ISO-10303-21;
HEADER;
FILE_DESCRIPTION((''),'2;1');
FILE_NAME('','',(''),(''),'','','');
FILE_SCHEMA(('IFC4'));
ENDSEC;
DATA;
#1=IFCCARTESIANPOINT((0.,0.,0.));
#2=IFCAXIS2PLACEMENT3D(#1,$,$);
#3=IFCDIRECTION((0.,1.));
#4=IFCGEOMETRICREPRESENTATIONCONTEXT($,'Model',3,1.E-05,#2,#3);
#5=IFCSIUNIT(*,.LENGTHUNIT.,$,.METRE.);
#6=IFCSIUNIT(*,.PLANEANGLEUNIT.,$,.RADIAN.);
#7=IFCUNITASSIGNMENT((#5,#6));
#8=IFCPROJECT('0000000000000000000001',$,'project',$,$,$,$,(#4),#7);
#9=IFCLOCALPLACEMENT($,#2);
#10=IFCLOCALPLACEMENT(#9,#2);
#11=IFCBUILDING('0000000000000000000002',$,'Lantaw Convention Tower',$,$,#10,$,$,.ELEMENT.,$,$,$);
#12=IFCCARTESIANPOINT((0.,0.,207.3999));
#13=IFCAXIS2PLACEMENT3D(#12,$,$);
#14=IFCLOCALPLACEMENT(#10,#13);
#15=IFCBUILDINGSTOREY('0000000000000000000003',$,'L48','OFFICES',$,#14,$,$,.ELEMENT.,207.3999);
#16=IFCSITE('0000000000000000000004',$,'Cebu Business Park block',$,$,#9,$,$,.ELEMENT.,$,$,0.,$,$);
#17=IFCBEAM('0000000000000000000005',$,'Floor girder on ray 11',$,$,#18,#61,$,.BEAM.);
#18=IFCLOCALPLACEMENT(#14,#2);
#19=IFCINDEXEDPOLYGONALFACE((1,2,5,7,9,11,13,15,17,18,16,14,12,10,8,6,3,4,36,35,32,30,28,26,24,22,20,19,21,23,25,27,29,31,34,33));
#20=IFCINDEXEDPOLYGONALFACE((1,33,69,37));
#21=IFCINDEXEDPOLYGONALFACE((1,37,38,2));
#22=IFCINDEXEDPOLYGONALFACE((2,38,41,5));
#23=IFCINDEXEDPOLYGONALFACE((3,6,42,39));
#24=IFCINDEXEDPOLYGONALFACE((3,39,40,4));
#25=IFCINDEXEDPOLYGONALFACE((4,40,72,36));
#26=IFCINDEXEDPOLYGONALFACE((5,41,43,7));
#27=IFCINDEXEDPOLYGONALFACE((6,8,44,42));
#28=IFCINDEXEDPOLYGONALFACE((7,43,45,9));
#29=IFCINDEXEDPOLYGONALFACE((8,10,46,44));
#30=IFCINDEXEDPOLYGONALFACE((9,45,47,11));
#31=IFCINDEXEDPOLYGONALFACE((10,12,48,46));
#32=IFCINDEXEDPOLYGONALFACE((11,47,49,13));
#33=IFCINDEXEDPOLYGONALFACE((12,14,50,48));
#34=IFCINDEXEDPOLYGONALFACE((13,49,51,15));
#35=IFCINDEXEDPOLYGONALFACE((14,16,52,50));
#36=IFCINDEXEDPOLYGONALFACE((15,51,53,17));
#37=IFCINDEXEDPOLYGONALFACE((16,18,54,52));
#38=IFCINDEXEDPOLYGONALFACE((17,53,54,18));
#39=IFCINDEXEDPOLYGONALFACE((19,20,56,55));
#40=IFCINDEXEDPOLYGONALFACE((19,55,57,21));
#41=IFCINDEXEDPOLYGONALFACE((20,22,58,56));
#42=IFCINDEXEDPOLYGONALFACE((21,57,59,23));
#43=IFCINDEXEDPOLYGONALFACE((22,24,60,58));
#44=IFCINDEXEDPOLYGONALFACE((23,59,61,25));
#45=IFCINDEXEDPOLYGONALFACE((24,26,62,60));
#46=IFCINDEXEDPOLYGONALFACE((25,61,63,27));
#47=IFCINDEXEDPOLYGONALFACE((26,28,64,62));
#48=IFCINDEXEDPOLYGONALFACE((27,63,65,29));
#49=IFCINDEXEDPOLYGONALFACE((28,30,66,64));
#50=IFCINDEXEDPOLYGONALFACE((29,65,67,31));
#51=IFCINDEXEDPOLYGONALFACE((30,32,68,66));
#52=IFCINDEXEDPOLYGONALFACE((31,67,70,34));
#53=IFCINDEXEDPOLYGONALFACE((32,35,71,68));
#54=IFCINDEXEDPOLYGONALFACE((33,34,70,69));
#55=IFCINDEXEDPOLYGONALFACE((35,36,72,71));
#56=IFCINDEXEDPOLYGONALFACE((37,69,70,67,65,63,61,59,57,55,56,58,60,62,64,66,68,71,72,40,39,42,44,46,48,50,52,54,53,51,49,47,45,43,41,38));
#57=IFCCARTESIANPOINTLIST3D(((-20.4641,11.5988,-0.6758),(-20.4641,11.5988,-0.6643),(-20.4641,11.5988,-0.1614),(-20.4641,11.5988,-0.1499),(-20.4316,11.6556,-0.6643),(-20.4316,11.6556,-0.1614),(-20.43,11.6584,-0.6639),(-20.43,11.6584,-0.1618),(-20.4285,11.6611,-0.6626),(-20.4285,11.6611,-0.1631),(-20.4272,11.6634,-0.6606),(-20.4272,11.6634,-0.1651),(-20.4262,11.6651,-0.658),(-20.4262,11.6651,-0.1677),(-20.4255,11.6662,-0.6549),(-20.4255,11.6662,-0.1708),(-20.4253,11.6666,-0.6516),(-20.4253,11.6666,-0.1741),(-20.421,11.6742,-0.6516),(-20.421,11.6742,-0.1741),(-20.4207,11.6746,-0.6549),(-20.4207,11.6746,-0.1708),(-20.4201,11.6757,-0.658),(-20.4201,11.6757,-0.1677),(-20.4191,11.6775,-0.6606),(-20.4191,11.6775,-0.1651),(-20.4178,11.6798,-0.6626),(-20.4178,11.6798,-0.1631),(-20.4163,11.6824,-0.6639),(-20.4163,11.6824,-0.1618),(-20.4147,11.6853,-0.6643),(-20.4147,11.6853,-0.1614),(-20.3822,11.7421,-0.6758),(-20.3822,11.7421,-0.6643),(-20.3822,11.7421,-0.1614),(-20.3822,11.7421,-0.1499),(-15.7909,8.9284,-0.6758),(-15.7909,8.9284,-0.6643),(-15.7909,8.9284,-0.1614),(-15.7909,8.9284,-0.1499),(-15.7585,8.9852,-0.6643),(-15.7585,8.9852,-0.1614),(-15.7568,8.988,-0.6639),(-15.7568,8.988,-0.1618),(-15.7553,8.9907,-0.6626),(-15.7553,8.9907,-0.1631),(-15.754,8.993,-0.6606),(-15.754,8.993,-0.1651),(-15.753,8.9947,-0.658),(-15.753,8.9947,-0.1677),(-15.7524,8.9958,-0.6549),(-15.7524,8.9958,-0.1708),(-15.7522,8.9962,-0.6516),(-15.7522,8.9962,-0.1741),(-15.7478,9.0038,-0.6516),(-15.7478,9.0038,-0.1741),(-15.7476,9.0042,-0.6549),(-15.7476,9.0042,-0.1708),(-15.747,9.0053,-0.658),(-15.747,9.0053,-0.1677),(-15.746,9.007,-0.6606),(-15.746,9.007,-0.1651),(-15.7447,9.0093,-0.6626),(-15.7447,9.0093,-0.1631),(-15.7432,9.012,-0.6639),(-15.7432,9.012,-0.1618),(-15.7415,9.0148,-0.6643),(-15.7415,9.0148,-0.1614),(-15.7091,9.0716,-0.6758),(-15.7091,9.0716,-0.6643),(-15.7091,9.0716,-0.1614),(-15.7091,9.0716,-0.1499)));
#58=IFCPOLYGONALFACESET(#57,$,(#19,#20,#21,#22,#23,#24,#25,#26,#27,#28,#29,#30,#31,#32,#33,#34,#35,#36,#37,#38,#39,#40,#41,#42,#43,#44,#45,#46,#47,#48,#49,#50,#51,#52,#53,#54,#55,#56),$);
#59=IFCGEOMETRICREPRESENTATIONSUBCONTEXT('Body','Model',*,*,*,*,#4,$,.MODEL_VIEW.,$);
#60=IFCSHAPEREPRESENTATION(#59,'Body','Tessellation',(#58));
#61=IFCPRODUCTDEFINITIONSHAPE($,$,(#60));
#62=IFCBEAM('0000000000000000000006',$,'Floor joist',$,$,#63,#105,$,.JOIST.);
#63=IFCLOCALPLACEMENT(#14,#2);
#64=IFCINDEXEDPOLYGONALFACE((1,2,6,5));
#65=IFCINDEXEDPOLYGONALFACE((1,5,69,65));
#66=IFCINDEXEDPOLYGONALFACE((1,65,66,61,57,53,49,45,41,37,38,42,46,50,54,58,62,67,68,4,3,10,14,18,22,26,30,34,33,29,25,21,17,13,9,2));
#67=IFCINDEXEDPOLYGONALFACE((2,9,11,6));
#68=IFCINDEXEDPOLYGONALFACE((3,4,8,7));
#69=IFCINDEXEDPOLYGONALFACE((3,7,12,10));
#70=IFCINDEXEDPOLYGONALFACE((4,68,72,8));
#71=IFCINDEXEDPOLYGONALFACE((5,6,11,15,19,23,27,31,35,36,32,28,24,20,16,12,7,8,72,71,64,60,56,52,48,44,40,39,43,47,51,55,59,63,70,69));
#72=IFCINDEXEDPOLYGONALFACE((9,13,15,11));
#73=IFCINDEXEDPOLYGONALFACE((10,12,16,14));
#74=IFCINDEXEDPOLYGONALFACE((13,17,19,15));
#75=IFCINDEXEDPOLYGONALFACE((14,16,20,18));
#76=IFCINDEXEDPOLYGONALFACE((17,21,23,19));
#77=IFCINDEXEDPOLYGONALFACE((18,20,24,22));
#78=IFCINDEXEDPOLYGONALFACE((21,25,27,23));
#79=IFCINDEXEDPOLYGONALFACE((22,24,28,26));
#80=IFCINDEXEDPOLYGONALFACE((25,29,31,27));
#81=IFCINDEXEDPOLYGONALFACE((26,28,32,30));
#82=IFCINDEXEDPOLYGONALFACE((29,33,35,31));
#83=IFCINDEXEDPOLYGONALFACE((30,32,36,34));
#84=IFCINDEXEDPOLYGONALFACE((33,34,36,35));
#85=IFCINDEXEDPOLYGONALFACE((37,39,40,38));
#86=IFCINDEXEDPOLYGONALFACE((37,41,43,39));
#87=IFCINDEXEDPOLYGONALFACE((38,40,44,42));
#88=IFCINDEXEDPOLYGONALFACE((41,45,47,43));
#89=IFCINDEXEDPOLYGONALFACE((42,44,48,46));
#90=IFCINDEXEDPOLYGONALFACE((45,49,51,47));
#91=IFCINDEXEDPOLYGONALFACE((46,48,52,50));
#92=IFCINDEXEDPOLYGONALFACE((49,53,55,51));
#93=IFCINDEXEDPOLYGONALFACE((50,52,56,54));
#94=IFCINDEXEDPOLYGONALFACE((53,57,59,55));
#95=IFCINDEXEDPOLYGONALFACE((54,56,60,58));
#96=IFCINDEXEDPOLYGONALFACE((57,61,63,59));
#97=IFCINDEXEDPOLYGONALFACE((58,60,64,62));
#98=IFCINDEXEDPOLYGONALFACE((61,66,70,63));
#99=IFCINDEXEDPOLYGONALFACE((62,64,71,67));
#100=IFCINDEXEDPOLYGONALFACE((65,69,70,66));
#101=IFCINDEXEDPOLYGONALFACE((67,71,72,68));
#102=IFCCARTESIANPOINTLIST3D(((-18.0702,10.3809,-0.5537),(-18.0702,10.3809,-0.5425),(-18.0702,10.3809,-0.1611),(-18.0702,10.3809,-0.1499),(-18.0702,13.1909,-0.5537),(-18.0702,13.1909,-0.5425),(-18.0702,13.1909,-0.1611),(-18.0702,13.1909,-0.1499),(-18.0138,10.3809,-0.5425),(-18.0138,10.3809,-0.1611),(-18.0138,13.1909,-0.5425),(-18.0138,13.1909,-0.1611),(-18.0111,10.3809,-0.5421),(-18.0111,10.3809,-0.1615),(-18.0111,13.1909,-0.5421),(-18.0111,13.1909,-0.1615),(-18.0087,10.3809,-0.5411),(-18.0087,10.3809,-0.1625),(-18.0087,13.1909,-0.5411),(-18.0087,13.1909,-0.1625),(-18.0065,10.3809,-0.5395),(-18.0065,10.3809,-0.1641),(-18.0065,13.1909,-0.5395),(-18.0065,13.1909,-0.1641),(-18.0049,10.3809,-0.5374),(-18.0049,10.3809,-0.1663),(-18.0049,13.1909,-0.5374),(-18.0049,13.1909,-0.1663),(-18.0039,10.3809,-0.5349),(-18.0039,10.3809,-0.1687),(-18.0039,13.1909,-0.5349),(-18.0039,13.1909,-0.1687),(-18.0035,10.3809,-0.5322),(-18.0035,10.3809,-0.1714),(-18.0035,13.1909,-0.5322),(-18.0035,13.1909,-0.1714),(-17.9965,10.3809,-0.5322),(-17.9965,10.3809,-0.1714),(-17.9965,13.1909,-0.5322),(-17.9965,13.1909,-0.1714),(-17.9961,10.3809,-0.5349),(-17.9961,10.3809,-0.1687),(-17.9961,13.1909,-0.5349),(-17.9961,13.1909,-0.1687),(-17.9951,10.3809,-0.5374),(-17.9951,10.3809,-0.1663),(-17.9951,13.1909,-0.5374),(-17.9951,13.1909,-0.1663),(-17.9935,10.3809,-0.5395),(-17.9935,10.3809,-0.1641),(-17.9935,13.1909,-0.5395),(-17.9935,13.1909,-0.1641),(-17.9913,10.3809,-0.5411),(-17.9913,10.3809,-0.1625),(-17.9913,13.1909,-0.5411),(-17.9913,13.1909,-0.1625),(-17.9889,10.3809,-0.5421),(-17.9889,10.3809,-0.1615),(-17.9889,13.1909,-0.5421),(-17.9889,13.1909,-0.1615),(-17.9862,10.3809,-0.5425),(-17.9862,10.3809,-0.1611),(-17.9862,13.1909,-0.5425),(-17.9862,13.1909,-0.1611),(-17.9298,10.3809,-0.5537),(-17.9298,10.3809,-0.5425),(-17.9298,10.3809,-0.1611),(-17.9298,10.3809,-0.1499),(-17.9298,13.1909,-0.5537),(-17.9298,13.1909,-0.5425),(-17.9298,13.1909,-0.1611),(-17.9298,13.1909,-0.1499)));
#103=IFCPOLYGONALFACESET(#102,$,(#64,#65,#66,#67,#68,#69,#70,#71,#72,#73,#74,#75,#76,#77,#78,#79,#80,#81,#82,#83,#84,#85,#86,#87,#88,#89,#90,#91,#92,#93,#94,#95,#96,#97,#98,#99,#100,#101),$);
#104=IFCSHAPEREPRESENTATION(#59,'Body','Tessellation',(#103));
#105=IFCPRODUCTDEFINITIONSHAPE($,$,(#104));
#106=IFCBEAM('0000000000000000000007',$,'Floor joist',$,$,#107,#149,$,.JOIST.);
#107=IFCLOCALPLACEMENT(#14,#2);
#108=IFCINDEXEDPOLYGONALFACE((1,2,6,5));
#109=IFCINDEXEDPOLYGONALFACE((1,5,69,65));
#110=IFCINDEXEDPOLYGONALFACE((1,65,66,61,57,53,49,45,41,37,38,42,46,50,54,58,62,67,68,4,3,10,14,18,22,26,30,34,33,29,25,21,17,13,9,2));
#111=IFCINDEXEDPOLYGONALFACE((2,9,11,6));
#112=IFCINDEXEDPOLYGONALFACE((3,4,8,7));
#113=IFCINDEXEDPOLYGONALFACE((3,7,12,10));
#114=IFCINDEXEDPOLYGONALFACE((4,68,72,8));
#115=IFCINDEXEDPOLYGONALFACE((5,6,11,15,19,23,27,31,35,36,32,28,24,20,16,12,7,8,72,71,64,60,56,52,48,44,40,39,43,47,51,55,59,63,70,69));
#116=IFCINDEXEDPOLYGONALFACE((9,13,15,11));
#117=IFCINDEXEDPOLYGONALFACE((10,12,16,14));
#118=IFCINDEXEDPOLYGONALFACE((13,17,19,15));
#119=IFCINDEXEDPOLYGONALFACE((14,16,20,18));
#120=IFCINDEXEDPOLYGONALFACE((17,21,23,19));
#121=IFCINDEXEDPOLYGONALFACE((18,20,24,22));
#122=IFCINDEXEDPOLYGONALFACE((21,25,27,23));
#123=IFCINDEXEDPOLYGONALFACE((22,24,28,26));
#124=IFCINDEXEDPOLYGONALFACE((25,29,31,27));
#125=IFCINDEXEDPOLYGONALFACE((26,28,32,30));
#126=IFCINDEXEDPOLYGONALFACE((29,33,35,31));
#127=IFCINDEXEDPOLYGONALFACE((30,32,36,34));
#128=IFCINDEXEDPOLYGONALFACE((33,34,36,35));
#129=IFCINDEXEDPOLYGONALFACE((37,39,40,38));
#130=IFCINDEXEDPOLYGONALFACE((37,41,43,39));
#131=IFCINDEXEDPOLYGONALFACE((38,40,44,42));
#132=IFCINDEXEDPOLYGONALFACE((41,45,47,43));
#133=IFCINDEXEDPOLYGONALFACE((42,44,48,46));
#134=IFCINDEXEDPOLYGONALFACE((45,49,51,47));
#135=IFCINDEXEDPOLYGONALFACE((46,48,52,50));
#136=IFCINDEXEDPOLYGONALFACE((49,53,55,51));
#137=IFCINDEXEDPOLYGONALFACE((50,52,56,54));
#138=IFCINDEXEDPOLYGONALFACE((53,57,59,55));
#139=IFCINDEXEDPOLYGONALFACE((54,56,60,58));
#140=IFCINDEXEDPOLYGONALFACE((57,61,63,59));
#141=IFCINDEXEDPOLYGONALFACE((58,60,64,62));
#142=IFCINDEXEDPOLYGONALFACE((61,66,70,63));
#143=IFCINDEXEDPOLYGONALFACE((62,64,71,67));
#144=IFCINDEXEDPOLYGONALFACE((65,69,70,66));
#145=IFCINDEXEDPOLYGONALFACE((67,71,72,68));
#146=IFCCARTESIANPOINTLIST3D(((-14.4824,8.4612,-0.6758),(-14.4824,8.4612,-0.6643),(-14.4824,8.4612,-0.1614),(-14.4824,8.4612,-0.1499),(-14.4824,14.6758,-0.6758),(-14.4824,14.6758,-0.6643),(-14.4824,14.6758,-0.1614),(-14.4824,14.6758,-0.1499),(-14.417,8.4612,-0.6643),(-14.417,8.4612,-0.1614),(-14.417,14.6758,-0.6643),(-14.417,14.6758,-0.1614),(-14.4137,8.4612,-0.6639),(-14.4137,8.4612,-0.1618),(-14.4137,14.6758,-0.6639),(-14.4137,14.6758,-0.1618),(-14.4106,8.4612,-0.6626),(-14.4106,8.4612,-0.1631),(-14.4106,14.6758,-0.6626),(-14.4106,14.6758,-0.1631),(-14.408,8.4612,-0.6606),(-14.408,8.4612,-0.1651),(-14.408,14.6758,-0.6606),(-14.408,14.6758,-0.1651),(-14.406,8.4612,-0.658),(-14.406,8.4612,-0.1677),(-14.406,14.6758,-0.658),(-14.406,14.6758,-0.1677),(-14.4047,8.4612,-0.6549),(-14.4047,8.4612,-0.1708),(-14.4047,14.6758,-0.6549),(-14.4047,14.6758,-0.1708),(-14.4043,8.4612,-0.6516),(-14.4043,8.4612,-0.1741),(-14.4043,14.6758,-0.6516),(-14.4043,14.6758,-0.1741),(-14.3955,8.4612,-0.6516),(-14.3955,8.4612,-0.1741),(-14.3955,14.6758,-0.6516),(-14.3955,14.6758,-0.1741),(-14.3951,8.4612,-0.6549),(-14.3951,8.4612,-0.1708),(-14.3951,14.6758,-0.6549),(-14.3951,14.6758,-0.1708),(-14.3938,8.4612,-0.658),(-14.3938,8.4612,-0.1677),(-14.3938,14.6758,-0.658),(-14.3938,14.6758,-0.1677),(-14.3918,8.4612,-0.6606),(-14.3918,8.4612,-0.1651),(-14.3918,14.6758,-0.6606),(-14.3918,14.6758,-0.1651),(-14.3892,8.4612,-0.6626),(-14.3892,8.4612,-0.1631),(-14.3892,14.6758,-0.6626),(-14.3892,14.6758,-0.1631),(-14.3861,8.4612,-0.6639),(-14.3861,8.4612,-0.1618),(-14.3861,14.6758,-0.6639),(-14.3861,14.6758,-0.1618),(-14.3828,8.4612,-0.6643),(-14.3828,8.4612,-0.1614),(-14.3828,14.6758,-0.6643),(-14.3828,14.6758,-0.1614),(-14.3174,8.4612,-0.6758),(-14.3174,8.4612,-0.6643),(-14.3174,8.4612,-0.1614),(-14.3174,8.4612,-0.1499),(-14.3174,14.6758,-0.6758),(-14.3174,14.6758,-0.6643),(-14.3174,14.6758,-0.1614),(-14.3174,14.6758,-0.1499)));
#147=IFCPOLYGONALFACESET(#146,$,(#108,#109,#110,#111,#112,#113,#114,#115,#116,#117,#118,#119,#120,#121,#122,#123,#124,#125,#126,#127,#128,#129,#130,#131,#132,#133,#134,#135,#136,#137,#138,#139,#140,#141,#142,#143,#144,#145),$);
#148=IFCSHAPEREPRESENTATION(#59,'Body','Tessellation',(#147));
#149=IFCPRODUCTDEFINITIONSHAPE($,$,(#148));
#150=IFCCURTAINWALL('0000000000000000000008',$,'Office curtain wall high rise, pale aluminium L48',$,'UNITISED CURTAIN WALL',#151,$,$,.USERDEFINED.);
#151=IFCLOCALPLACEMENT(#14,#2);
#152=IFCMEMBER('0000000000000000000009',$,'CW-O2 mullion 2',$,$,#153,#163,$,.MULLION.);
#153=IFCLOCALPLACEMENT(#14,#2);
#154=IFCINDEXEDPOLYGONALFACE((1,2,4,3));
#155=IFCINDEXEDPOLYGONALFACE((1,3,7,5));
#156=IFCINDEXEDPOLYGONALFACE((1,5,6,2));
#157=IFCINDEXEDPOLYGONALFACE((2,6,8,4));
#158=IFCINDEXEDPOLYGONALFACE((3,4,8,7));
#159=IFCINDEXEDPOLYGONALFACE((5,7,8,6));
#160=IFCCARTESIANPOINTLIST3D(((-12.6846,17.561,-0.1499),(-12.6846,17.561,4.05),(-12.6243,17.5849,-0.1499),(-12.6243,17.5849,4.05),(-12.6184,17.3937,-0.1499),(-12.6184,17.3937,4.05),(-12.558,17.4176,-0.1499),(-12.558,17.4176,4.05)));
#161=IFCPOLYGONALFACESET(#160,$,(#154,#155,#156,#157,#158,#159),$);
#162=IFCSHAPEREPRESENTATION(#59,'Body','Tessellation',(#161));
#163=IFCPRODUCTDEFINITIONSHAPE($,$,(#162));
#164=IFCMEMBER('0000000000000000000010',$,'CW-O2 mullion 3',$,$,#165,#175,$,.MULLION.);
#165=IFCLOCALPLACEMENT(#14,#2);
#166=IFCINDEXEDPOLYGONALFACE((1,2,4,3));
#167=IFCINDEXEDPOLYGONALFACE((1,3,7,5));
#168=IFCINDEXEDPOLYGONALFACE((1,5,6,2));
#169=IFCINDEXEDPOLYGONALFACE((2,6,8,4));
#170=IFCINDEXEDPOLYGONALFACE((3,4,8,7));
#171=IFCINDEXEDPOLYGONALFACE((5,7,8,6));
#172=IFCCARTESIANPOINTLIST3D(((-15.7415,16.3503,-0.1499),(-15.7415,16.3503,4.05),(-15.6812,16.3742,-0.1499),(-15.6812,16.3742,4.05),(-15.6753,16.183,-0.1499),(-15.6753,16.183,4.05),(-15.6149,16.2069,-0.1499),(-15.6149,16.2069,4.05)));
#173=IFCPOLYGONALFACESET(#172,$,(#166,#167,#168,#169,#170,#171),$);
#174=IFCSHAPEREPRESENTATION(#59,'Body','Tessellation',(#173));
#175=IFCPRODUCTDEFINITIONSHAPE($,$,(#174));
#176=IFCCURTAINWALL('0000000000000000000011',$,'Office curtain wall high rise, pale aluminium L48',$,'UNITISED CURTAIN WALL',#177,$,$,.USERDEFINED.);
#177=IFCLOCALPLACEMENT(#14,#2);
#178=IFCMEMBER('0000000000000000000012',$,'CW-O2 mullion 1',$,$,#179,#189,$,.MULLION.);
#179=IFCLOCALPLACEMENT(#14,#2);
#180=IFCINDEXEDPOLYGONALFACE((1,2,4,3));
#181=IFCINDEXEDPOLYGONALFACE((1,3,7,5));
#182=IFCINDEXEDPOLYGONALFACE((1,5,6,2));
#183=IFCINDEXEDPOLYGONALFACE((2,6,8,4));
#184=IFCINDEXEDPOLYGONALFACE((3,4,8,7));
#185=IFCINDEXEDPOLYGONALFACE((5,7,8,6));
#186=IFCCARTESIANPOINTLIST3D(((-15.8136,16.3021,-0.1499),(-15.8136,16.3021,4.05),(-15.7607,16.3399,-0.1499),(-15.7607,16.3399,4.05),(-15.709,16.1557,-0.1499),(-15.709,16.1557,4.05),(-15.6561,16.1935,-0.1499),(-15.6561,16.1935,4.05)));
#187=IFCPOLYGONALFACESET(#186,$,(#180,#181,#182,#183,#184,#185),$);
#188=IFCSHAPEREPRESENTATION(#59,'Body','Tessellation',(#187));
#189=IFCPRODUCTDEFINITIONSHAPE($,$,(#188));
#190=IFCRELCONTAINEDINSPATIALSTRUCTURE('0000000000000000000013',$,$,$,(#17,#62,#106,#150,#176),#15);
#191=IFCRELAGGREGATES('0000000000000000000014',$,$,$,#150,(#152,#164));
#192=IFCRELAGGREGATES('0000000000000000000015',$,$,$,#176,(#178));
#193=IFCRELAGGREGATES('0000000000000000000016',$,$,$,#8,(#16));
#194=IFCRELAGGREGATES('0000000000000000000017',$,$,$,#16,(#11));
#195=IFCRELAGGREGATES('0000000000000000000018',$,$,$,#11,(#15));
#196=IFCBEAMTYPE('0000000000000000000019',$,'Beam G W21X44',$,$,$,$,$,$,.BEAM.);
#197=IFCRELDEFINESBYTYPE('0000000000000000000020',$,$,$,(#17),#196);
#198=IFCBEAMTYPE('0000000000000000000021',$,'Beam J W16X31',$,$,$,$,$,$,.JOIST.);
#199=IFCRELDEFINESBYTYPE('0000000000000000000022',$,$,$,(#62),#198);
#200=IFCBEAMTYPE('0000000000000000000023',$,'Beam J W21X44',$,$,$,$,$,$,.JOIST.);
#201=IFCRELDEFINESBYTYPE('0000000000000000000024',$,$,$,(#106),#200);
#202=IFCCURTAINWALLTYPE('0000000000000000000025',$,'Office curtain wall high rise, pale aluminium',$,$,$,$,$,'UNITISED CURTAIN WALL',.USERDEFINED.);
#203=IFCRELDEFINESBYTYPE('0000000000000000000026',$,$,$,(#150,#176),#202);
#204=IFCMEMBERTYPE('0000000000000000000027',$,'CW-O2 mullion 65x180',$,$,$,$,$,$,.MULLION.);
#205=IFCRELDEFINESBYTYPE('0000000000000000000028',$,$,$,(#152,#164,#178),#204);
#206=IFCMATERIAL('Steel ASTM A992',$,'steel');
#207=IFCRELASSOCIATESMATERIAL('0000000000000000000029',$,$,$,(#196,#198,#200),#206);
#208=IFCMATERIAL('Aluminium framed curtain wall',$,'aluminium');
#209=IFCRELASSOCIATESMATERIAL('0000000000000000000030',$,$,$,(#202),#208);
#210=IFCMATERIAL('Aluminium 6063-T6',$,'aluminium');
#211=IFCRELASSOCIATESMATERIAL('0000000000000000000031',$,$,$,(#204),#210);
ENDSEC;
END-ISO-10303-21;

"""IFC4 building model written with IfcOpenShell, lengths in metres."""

from ifc_helpers import new_model, si_unit, direction, frame, origin, origin_2d, place, context, subcontext, project, spatial, rectangle, i_section, extrude, material, material_profile, profile_set, type_object, element, aggregate, save


model = new_model("IFC4")

# Units and contexts
model_context = context("Model", 3, precision=1e-05, world=origin(), true_north=direction((0.0, 1.0)))
body_context = subcontext(model_context, "Body", "Model", "MODEL_VIEW")
ifc_project = project(units=[si_unit("LENGTHUNIT", "METRE"), si_unit("PLANEANGLEUNIT", "RADIAN")], contexts=[model_context])

# Site, building, storey
site_placement = place(None, origin())
site = spatial("IfcSite", under=ifc_project, at=site_placement, Name="Cebu Business Park block", CompositionType="ELEMENT", RefElevation=0.0)
building_placement = place(site_placement, origin())
building = spatial("IfcBuilding", under=site, at=building_placement, Name="Lantaw Convention Tower", CompositionType="ELEMENT")
storey_placement = place(building_placement, frame((0.0, 0.0, 207.3999)))
storey = spatial("IfcBuildingStorey", under=building, at=storey_placement, Name="L48", Description="OFFICES", CompositionType="ELEMENT", Elevation=207.3999)

# Beams
ifc_material_1 = material(Name="Steel ASTM A992", Category="steel")
ifc_material_profile_1 = material_profile(ifc_material_1, i_section(OverallWidth=0.165, OverallDepth=0.5259, WebThickness=0.0088, FlangeThickness=0.0115, FilletRadius=0.0127, at=origin_2d()), Name="W21X44")
ifc_profile_set_1 = profile_set([ifc_material_profile_1], Name="Steel ASTM A992")
beam_type_1 = type_object("IfcBeamType", Name="Beam G W21X44", PredefinedType="BEAM", material=ifc_profile_set_1)
beam_1_placement = place(storey_placement, frame((-15.75, 9.0, -0.4128), z_axis=(-0.868238, 0.496149, 0.0), x_axis=(-0.496149, -0.868238, 0.0)))
element("IfcBeam", 1, at=beam_1_placement, inside=storey, type_object=beam_type_1, Name="Floor girder on ray 11", PredefinedType="BEAM", context=body_context, shape_type="SweptSolid", body=[
    extrude(i_section(OverallWidth=0.165, OverallDepth=0.5259, WebThickness=0.0088, FlangeThickness=0.0115, FilletRadius=0.0127, at=origin_2d()), origin(), (0.0, 0.0, 1.0), 5.3823),
])
ifc_material_profile_2 = material_profile(ifc_material_1, i_section(OverallWidth=0.1404, OverallDepth=0.4038, WebThickness=0.0071, FlangeThickness=0.0112, FilletRadius=0.0103, at=origin_2d()), Name="W16X31")
ifc_profile_set_2 = profile_set([ifc_material_profile_2], Name="Steel ASTM A992")
beam_type_2 = type_object("IfcBeamType", Name="Beam J W16X31", PredefinedType="JOIST", material=ifc_profile_set_2)
beam_2_placement = place(storey_placement, frame((-18.0, 10.3809, -0.3518), z_axis=(0.0, 1.0, 0.0), x_axis=(-1.0, 0.0, 0.0)))
element("IfcBeam", 2, at=beam_2_placement, inside=storey, type_object=beam_type_2, Name="Floor joist", PredefinedType="JOIST", context=body_context, shape_type="SweptSolid", body=[
    extrude(i_section(OverallWidth=0.1404, OverallDepth=0.4038, WebThickness=0.0071, FlangeThickness=0.0112, FilletRadius=0.0103, at=origin_2d()), origin(), (0.0, 0.0, 1.0), 2.8101),
])
ifc_material_profile_3 = material_profile(ifc_material_1, i_section(OverallWidth=0.165, OverallDepth=0.5259, WebThickness=0.0088, FlangeThickness=0.0115, FilletRadius=0.0127, at=origin_2d()), Name="W21X44")
ifc_profile_set_3 = profile_set([ifc_material_profile_3], Name="Steel ASTM A992")
beam_type_3 = type_object("IfcBeamType", Name="Beam J W21X44", PredefinedType="JOIST", material=ifc_profile_set_3)
beam_3_placement = place(storey_placement, frame((-14.3999, 8.4612, -0.4128), z_axis=(0.0, 1.0, 0.0), x_axis=(-1.0, 0.0, 0.0)))
element("IfcBeam", 3, at=beam_3_placement, inside=storey, type_object=beam_type_3, Name="Floor joist", PredefinedType="JOIST", context=body_context, shape_type="SweptSolid", body=[
    extrude(i_section(OverallWidth=0.165, OverallDepth=0.5259, WebThickness=0.0088, FlangeThickness=0.0115, FilletRadius=0.0127, at=origin_2d()), origin(), (0.0, 0.0, 1.0), 6.2146),
])

# Curtain walls, members
ifc_material_2 = material(Name="Aluminium framed curtain wall", Category="aluminium")
curtain_wall_type = type_object("IfcCurtainWallType", Name="Office curtain wall high rise, pale aluminium", ElementType="UNITISED CURTAIN WALL", PredefinedType="USERDEFINED", material=ifc_material_2)
curtain_wall_1_placement = place(storey_placement, origin())
curtain_wall_1 = element("IfcCurtainWall", 4, at=curtain_wall_1_placement, inside=storey, type_object=curtain_wall_type, Name="Office curtain wall high rise, pale aluminium L48", ObjectType="UNITISED CURTAIN WALL", PredefinedType="USERDEFINED")
ifc_material_3 = material(Name="Aluminium 6063-T6", Category="aluminium")
ifc_material_profile_4 = material_profile(ifc_material_3, rectangle(XDim=0.1799, YDim=0.0649, at=origin_2d()), Name="CW-O2 mullion 65x180")
ifc_profile_set_4 = profile_set([ifc_material_profile_4], Name="Aluminium 6063-T6")
member_type_1 = type_object("IfcMemberType", Name="CW-O2 mullion 65x180", PredefinedType="MULLION", material=ifc_profile_set_4)
member_1_placement = place(storey_placement, frame((-12.6213, 17.4893, -0.1499), z_axis=(0.0, 0.0, 1.0), x_axis=(0.368162, -0.929762, 0.0)))
member_1 = element("IfcMember", 5, at=member_1_placement, type_object=member_type_1, Name="CW-O2 mullion 2", PredefinedType="MULLION", context=body_context, shape_type="SweptSolid", body=[
    extrude(rectangle(XDim=0.1799, YDim=0.0649, at=origin_2d()), origin(), (0.0, 0.0, 1.0), 4.2),
])
member_2_placement = place(storey_placement, frame((-15.6782, 16.2786, -0.1499), z_axis=(0.0, 0.0, 1.0), x_axis=(0.368162, -0.929762, 0.0)))
member_2 = element("IfcMember", 6, at=member_2_placement, type_object=member_type_1, Name="CW-O2 mullion 3", PredefinedType="MULLION", context=body_context, shape_type="SweptSolid", body=[
    extrude(rectangle(XDim=0.1799, YDim=0.0649, at=origin_2d()), origin(), (0.0, 0.0, 1.0), 4.2),
])
curtain_wall_2_placement = place(storey_placement, origin())
curtain_wall_2 = element("IfcCurtainWall", 7, at=curtain_wall_2_placement, inside=storey, type_object=curtain_wall_type, Name="Office curtain wall high rise, pale aluminium L48", ObjectType="UNITISED CURTAIN WALL", PredefinedType="USERDEFINED")
member_3_placement = place(storey_placement, frame((-15.7349, 16.2478, -0.1499), z_axis=(0.0, 0.0, 1.0), x_axis=(0.581323, -0.813673, 0.0)))
member_3 = element("IfcMember", 8, at=member_3_placement, type_object=member_type_1, Name="CW-O2 mullion 1", PredefinedType="MULLION", context=body_context, shape_type="SweptSolid", body=[
    extrude(rectangle(XDim=0.1799, YDim=0.0649, at=origin_2d()), origin(), (0.0, 0.0, 1.0), 4.2),
])

aggregate(curtain_wall_1, [member_1, member_2])
aggregate(curtain_wall_2, [member_3])

save(model, "model.ifc")
